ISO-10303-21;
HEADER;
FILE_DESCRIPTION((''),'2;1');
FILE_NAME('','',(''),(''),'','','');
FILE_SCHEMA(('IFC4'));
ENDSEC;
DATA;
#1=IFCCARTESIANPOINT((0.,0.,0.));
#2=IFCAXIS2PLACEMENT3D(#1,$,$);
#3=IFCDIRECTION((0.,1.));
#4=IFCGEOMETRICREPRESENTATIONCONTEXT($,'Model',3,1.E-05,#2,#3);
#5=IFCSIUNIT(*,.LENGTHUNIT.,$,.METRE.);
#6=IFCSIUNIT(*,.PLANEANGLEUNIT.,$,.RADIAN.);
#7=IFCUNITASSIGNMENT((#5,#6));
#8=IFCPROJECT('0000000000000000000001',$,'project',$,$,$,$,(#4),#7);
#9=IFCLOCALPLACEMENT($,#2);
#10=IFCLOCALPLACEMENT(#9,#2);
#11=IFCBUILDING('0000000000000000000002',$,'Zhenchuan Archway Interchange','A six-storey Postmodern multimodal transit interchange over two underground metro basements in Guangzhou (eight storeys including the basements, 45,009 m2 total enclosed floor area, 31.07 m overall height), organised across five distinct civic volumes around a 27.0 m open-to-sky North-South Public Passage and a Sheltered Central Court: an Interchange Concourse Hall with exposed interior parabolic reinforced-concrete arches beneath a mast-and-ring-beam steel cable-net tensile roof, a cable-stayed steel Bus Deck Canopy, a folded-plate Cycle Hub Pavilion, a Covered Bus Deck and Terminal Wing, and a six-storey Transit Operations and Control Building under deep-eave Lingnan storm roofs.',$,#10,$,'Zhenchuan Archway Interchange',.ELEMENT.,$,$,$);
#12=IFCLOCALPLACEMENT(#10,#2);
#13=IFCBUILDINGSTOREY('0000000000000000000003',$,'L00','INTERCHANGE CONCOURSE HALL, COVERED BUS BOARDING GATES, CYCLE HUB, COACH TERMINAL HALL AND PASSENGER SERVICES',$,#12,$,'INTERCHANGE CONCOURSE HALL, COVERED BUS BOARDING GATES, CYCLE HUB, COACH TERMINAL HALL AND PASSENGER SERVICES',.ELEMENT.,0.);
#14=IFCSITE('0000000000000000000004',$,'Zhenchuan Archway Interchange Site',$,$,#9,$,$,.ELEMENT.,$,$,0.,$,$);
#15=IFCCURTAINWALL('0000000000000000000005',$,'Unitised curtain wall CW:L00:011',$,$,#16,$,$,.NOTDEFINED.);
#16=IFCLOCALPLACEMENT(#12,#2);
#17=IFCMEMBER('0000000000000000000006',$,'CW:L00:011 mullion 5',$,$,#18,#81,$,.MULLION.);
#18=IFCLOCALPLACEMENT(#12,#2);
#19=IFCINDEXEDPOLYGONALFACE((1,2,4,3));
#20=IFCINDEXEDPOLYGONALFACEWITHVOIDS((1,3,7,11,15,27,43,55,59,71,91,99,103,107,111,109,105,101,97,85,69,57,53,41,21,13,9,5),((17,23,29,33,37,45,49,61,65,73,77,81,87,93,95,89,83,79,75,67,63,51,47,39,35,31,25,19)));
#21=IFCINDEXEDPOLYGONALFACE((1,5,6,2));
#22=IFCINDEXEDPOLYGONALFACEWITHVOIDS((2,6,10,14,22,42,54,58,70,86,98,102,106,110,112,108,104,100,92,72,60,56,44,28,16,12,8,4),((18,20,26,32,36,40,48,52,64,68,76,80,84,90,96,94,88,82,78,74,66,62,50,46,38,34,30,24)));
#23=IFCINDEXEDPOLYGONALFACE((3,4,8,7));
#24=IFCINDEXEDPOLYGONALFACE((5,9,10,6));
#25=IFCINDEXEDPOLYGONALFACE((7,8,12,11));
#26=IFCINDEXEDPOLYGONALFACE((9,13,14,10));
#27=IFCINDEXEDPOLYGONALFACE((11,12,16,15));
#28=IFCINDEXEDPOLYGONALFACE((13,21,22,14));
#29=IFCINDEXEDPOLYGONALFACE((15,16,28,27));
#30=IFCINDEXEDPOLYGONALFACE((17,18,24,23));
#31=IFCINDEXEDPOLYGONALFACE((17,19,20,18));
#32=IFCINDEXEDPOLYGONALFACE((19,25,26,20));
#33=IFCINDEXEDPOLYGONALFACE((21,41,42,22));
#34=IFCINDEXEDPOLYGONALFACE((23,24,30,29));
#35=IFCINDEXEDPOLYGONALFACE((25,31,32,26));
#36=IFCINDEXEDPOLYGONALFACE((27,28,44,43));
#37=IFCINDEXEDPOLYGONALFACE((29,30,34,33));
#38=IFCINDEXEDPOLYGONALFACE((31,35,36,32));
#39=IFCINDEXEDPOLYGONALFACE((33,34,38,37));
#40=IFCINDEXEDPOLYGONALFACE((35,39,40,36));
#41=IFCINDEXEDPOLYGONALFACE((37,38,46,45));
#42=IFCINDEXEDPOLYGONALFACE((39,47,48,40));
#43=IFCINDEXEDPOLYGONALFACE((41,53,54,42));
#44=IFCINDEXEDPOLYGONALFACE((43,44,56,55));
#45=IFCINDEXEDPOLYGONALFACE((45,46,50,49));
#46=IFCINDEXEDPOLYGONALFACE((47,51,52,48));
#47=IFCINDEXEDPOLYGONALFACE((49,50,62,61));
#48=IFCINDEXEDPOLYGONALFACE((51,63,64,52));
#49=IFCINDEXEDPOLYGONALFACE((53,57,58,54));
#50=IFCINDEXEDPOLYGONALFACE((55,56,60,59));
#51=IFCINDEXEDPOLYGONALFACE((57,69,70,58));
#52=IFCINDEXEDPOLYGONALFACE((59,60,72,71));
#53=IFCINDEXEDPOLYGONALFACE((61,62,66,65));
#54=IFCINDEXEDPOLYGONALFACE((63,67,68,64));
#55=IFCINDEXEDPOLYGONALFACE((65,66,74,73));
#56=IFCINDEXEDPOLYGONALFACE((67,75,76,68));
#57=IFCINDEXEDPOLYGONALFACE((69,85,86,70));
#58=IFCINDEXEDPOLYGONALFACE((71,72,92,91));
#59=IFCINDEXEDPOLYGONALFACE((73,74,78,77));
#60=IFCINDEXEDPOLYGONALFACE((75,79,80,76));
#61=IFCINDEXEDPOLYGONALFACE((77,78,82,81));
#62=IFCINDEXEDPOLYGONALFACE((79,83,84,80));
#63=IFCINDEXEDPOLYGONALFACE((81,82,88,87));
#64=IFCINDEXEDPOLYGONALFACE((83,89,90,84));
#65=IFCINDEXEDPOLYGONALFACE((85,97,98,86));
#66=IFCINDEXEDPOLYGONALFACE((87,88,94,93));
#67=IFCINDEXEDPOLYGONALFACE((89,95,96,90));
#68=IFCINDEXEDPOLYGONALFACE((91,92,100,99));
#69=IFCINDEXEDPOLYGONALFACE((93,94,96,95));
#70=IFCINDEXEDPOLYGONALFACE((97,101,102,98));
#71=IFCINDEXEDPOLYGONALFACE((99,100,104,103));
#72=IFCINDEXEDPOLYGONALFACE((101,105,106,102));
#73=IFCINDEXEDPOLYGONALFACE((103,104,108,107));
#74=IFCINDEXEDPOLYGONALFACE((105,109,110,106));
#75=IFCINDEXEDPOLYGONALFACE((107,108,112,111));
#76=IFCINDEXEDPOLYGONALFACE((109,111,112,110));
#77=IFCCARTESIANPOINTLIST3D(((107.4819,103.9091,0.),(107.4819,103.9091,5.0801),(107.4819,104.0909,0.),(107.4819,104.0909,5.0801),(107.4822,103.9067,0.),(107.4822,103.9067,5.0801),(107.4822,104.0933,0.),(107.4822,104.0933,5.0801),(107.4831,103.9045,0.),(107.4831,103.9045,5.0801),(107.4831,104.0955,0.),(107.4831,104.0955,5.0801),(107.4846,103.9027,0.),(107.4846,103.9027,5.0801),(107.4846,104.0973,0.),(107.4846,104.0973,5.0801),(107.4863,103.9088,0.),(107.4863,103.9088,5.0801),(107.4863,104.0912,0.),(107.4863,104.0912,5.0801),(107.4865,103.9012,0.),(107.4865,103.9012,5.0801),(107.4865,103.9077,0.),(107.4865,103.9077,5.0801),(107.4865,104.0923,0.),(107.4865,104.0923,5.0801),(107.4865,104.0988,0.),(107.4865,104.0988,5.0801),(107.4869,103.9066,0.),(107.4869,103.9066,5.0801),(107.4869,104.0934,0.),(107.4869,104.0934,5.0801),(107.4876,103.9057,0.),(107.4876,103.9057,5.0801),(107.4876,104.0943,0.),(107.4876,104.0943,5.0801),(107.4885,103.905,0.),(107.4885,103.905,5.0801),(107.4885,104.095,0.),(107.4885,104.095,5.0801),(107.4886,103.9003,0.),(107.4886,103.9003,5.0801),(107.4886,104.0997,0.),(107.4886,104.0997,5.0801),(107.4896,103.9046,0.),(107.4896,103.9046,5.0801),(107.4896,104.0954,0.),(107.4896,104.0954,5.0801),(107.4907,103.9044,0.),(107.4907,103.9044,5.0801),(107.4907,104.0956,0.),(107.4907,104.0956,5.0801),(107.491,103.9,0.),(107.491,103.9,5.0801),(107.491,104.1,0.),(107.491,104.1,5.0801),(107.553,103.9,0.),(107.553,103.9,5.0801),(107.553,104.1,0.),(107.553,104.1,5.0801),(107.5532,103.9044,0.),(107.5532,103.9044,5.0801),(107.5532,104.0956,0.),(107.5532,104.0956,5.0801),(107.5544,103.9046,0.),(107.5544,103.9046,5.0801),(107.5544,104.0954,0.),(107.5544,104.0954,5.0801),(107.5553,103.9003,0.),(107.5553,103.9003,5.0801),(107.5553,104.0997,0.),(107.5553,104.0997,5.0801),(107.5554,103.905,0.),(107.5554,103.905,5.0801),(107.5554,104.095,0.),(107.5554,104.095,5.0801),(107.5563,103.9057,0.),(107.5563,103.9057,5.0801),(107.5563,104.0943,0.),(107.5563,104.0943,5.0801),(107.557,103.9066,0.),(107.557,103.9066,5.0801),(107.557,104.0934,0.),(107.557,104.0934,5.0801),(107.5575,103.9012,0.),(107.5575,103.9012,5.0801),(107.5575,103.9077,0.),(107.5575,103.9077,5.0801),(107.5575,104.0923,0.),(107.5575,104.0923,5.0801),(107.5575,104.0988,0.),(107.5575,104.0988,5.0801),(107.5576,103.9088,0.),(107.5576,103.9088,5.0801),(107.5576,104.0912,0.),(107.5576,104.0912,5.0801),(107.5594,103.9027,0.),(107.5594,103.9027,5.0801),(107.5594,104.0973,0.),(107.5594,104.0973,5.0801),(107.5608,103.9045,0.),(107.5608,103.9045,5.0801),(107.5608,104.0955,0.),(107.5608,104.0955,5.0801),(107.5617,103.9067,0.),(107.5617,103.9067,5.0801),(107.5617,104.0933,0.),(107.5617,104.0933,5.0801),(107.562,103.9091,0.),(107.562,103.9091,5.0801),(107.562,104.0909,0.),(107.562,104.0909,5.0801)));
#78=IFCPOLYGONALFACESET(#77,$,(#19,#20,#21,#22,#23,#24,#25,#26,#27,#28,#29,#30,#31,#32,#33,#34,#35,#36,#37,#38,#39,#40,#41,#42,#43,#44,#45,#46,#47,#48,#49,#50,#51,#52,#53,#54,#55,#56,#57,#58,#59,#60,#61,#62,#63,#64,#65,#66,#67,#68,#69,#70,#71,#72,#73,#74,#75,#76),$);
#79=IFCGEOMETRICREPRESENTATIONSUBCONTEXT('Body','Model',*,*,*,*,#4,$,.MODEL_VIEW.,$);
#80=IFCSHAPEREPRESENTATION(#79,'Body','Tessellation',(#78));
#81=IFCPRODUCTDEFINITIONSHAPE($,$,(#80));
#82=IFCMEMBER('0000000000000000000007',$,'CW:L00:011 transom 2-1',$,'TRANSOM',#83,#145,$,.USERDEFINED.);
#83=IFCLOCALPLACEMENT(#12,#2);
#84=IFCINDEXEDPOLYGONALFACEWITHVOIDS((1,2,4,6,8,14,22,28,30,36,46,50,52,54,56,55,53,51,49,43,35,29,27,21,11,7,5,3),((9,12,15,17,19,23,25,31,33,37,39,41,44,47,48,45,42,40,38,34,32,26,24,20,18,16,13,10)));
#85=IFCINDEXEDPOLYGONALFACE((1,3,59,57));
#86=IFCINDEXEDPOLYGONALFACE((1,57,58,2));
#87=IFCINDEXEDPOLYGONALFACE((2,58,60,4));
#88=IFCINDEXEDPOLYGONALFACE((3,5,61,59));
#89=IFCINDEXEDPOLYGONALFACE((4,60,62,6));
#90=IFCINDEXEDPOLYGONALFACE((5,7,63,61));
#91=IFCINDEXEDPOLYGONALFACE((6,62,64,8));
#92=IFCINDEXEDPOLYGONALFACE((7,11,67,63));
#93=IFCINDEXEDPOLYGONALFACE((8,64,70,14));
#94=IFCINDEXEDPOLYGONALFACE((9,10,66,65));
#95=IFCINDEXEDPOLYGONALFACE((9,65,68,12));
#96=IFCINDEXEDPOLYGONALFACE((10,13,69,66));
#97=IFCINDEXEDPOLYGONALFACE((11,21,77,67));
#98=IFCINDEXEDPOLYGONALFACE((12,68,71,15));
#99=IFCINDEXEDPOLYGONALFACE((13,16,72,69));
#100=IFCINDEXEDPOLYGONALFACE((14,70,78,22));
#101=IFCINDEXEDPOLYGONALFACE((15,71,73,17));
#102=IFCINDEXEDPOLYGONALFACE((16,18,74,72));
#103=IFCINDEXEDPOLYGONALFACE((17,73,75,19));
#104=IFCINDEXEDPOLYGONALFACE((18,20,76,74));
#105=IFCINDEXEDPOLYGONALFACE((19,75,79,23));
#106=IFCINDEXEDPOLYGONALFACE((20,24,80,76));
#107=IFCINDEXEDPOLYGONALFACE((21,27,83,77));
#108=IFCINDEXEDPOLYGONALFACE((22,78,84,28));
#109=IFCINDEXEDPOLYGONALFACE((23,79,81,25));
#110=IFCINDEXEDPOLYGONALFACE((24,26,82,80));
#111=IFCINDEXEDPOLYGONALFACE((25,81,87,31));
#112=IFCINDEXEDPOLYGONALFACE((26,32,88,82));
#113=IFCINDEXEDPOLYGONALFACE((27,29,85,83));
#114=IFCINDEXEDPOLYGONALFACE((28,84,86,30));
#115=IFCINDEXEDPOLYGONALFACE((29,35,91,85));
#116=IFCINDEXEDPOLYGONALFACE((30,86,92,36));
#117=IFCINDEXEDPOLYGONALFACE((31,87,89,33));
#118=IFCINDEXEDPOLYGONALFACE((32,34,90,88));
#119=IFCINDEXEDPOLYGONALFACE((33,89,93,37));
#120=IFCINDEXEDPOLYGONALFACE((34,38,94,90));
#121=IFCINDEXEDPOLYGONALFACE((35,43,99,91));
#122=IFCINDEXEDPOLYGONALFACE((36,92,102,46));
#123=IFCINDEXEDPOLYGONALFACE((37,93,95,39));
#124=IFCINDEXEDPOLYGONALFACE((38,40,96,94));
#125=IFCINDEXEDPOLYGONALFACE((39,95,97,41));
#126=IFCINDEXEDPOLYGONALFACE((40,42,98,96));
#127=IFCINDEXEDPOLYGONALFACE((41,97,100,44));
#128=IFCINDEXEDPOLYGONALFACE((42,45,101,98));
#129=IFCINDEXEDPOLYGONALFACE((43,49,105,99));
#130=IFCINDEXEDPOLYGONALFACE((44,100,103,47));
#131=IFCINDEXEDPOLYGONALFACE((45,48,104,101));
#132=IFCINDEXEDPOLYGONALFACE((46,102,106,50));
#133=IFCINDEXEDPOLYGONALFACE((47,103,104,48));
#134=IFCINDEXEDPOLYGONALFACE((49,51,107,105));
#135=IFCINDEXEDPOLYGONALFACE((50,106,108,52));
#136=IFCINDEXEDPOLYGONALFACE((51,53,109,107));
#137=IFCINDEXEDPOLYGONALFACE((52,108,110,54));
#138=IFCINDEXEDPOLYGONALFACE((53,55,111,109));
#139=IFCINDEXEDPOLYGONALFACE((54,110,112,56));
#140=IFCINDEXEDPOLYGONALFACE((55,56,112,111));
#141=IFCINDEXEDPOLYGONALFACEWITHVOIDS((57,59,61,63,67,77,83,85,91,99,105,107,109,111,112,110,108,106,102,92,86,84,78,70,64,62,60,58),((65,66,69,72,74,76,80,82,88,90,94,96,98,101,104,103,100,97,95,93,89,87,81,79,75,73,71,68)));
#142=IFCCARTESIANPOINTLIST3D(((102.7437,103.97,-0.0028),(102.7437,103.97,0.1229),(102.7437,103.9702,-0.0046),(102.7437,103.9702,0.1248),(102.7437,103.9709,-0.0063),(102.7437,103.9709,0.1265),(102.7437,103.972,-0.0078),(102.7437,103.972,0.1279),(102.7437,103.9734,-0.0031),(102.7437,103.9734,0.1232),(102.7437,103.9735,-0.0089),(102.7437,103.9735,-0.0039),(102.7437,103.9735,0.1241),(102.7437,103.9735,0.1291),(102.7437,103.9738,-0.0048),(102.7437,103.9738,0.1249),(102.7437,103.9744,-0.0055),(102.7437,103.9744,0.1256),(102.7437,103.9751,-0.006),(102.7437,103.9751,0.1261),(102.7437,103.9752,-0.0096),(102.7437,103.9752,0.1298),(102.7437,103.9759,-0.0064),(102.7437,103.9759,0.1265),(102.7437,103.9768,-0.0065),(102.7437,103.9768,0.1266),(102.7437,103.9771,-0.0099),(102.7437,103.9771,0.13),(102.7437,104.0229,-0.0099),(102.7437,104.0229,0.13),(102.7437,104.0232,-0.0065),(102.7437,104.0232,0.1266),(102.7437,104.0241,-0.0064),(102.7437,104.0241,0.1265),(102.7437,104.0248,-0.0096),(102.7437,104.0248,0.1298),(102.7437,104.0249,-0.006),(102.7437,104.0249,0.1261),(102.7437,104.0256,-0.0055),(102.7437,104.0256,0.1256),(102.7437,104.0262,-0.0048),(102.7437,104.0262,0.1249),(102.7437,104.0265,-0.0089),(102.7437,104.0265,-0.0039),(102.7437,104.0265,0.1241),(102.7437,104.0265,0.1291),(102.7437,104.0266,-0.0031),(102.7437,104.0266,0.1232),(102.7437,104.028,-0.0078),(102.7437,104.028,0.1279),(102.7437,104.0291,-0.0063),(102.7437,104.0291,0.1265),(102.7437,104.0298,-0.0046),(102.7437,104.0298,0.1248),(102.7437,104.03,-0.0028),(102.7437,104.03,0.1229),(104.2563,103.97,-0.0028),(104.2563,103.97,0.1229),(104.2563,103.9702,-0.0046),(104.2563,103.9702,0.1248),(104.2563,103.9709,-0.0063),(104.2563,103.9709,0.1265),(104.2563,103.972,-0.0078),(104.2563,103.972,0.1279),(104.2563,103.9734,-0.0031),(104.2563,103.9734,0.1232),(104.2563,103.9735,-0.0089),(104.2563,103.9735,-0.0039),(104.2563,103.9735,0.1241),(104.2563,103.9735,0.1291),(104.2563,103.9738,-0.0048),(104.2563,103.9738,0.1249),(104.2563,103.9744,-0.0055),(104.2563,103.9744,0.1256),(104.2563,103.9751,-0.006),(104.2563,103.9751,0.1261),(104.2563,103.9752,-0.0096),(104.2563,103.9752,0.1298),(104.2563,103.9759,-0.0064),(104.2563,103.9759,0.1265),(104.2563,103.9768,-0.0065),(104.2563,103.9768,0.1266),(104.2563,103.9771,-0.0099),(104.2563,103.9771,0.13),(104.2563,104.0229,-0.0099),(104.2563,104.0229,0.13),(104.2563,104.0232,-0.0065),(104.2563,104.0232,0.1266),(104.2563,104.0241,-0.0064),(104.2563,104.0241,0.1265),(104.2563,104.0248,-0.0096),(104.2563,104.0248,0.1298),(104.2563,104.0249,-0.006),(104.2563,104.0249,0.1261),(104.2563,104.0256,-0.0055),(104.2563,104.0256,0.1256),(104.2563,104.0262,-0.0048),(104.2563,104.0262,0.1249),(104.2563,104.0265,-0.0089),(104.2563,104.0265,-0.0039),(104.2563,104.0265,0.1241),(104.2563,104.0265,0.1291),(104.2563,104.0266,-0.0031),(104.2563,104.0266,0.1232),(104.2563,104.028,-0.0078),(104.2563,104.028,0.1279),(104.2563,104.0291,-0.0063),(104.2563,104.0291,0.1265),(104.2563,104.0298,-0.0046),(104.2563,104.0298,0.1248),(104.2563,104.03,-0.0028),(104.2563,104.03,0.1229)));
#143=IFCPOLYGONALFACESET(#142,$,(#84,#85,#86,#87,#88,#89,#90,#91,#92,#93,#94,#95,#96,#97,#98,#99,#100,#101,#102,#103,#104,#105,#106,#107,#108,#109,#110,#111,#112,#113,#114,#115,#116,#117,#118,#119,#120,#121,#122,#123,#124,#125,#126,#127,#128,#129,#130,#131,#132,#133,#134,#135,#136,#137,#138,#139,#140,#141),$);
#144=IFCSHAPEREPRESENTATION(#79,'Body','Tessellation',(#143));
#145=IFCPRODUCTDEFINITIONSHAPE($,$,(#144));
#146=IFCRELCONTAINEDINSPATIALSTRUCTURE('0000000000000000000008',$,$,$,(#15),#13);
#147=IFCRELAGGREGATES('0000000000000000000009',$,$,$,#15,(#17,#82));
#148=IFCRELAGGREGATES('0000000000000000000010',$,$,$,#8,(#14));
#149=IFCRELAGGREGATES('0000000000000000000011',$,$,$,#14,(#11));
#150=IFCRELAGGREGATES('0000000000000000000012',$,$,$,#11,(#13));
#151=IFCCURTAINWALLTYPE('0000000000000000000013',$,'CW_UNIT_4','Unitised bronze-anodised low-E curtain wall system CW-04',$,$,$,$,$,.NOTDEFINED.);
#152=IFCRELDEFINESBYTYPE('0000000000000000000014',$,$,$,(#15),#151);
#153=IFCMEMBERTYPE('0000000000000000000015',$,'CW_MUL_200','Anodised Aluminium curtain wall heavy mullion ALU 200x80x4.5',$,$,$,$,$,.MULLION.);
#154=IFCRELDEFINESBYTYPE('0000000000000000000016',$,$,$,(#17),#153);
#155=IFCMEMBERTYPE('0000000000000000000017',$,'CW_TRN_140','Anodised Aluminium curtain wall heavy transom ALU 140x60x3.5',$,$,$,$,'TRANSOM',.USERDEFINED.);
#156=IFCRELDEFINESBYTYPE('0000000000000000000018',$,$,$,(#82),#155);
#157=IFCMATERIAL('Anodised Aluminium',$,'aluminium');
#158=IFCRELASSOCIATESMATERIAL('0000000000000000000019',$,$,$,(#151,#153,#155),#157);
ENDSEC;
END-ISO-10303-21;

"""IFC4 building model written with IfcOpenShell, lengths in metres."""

from ifc_helpers import new_model, si_unit, direction, frame, origin, origin_2d, place, context, subcontext, project, spatial, hollow_rectangle, extrude, material, material_profile, profile_set, type_object, element, aggregate, save


model = new_model("IFC4")

# Units and contexts
model_context = context("Model", 3, precision=1e-05, world=origin(), true_north=direction((0.0, 1.0)))
body_context = subcontext(model_context, "Body", "Model", "MODEL_VIEW")
ifc_project = project(units=[si_unit("LENGTHUNIT", "METRE"), si_unit("PLANEANGLEUNIT", "RADIAN")], contexts=[model_context])

# Site, building, storey
site_placement = place(None, origin())
site = spatial("IfcSite", under=ifc_project, at=site_placement, Name="Zhenchuan Archway Interchange Site", CompositionType="ELEMENT", RefElevation=0.0)
building_placement = place(site_placement, origin())
building = spatial("IfcBuilding", under=site, at=building_placement, Name="Zhenchuan Archway Interchange", Description="A six-storey Postmodern multimodal transit interchange over two underground metro basements in Guangzhou (eight storeys including the basements, 45,009 m2 total enclosed floor area, 31.07 m overall height), organised across five distinct civic volumes around a 27.0 m open-to-sky North-South Public Passage and a Sheltered Central Court: an Interchange Concourse Hall with exposed interior parabolic reinforced-concrete arches beneath a mast-and-ring-beam steel cable-net tensile roof, a cable-stayed steel Bus Deck Canopy, a folded-plate Cycle Hub Pavilion, a Covered Bus Deck and Terminal Wing, and a six-storey Transit Operations and Control Building under deep-eave Lingnan storm roofs.", LongName="Zhenchuan Archway Interchange", CompositionType="ELEMENT")
storey_placement = place(building_placement, origin())
storey = spatial("IfcBuildingStorey", under=building, at=storey_placement, Name="L00", Description="INTERCHANGE CONCOURSE HALL, COVERED BUS BOARDING GATES, CYCLE HUB, COACH TERMINAL HALL AND PASSENGER SERVICES", LongName="INTERCHANGE CONCOURSE HALL, COVERED BUS BOARDING GATES, CYCLE HUB, COACH TERMINAL HALL AND PASSENGER SERVICES", CompositionType="ELEMENT", Elevation=0.0)

# Curtain wall, members
ifc_material_1 = material(Name="Anodised Aluminium", Category="aluminium")
curtain_wall_type = type_object("IfcCurtainWallType", Name="CW_UNIT_4", Description="Unitised bronze-anodised low-E curtain wall system CW-04", PredefinedType="NOTDEFINED", material=ifc_material_1)
curtain_wall_placement = place(storey_placement, origin())
curtain_wall = element("IfcCurtainWall", 1, at=curtain_wall_placement, inside=storey, type_object=curtain_wall_type, Name="Unitised curtain wall CW:L00:011", PredefinedType="NOTDEFINED")
ifc_material_profile_1 = material_profile(ifc_material_1, hollow_rectangle(XDim=0.0801, YDim=0.2, WallThickness=0.0044, InnerFilletRadius=0.0044, OuterFilletRadius=0.009, at=origin_2d()), Name="ALU 200x80x4.5")
ifc_profile_set_1 = profile_set([ifc_material_profile_1], Name="Anodised Aluminium")
member_type_1 = type_object("IfcMemberType", Name="CW_MUL_200", Description="Anodised Aluminium curtain wall heavy mullion ALU 200x80x4.5", PredefinedType="MULLION", material=ifc_profile_set_1)
member_1_placement = place(storey_placement, frame((107.522, 104.0, 0.0), z_axis=(0.0, 0.0, 1.0), x_axis=(1.0, 0.0, 0.0)))
member_1 = element("IfcMember", 2, at=member_1_placement, type_object=member_type_1, Name="CW:L00:011 mullion 5", PredefinedType="MULLION", context=body_context, shape_type="SweptSolid", body=[
    extrude(hollow_rectangle(XDim=0.0801, YDim=0.2, WallThickness=0.0044, InnerFilletRadius=0.0044, OuterFilletRadius=0.009, at=origin_2d()), origin(), (0.0, 0.0, 1.0), 5.0801),
])
ifc_material_profile_2 = material_profile(ifc_material_1, hollow_rectangle(XDim=0.0601, YDim=0.1399, WallThickness=0.0034, InnerFilletRadius=0.0034, OuterFilletRadius=0.0071, at=origin_2d()), Name="ALU 140x60x3.5")
ifc_profile_set_2 = profile_set([ifc_material_profile_2], Name="Anodised Aluminium")
member_type_2 = type_object("IfcMemberType", Name="CW_TRN_140", Description="Anodised Aluminium curtain wall heavy transom ALU 140x60x3.5", ElementType="TRANSOM", PredefinedType="USERDEFINED", material=ifc_profile_set_2)
member_2_placement = place(storey_placement, frame((102.7437, 104.0, 0.0601), z_axis=(1.0, 0.0, 0.0), x_axis=(0.0, 1.0, 0.0)))
member_2 = element("IfcMember", 3, at=member_2_placement, type_object=member_type_2, Name="CW:L00:011 transom 2-1", ObjectType="TRANSOM", PredefinedType="USERDEFINED", context=body_context, shape_type="SweptSolid", body=[
    extrude(hollow_rectangle(XDim=0.0601, YDim=0.1399, WallThickness=0.0034, InnerFilletRadius=0.0034, OuterFilletRadius=0.0071, at=origin_2d()), origin(), (0.0, 0.0, 1.0), 1.5127),
])

aggregate(curtain_wall, [member_1, member_2])

save(model, "model.ifc")
